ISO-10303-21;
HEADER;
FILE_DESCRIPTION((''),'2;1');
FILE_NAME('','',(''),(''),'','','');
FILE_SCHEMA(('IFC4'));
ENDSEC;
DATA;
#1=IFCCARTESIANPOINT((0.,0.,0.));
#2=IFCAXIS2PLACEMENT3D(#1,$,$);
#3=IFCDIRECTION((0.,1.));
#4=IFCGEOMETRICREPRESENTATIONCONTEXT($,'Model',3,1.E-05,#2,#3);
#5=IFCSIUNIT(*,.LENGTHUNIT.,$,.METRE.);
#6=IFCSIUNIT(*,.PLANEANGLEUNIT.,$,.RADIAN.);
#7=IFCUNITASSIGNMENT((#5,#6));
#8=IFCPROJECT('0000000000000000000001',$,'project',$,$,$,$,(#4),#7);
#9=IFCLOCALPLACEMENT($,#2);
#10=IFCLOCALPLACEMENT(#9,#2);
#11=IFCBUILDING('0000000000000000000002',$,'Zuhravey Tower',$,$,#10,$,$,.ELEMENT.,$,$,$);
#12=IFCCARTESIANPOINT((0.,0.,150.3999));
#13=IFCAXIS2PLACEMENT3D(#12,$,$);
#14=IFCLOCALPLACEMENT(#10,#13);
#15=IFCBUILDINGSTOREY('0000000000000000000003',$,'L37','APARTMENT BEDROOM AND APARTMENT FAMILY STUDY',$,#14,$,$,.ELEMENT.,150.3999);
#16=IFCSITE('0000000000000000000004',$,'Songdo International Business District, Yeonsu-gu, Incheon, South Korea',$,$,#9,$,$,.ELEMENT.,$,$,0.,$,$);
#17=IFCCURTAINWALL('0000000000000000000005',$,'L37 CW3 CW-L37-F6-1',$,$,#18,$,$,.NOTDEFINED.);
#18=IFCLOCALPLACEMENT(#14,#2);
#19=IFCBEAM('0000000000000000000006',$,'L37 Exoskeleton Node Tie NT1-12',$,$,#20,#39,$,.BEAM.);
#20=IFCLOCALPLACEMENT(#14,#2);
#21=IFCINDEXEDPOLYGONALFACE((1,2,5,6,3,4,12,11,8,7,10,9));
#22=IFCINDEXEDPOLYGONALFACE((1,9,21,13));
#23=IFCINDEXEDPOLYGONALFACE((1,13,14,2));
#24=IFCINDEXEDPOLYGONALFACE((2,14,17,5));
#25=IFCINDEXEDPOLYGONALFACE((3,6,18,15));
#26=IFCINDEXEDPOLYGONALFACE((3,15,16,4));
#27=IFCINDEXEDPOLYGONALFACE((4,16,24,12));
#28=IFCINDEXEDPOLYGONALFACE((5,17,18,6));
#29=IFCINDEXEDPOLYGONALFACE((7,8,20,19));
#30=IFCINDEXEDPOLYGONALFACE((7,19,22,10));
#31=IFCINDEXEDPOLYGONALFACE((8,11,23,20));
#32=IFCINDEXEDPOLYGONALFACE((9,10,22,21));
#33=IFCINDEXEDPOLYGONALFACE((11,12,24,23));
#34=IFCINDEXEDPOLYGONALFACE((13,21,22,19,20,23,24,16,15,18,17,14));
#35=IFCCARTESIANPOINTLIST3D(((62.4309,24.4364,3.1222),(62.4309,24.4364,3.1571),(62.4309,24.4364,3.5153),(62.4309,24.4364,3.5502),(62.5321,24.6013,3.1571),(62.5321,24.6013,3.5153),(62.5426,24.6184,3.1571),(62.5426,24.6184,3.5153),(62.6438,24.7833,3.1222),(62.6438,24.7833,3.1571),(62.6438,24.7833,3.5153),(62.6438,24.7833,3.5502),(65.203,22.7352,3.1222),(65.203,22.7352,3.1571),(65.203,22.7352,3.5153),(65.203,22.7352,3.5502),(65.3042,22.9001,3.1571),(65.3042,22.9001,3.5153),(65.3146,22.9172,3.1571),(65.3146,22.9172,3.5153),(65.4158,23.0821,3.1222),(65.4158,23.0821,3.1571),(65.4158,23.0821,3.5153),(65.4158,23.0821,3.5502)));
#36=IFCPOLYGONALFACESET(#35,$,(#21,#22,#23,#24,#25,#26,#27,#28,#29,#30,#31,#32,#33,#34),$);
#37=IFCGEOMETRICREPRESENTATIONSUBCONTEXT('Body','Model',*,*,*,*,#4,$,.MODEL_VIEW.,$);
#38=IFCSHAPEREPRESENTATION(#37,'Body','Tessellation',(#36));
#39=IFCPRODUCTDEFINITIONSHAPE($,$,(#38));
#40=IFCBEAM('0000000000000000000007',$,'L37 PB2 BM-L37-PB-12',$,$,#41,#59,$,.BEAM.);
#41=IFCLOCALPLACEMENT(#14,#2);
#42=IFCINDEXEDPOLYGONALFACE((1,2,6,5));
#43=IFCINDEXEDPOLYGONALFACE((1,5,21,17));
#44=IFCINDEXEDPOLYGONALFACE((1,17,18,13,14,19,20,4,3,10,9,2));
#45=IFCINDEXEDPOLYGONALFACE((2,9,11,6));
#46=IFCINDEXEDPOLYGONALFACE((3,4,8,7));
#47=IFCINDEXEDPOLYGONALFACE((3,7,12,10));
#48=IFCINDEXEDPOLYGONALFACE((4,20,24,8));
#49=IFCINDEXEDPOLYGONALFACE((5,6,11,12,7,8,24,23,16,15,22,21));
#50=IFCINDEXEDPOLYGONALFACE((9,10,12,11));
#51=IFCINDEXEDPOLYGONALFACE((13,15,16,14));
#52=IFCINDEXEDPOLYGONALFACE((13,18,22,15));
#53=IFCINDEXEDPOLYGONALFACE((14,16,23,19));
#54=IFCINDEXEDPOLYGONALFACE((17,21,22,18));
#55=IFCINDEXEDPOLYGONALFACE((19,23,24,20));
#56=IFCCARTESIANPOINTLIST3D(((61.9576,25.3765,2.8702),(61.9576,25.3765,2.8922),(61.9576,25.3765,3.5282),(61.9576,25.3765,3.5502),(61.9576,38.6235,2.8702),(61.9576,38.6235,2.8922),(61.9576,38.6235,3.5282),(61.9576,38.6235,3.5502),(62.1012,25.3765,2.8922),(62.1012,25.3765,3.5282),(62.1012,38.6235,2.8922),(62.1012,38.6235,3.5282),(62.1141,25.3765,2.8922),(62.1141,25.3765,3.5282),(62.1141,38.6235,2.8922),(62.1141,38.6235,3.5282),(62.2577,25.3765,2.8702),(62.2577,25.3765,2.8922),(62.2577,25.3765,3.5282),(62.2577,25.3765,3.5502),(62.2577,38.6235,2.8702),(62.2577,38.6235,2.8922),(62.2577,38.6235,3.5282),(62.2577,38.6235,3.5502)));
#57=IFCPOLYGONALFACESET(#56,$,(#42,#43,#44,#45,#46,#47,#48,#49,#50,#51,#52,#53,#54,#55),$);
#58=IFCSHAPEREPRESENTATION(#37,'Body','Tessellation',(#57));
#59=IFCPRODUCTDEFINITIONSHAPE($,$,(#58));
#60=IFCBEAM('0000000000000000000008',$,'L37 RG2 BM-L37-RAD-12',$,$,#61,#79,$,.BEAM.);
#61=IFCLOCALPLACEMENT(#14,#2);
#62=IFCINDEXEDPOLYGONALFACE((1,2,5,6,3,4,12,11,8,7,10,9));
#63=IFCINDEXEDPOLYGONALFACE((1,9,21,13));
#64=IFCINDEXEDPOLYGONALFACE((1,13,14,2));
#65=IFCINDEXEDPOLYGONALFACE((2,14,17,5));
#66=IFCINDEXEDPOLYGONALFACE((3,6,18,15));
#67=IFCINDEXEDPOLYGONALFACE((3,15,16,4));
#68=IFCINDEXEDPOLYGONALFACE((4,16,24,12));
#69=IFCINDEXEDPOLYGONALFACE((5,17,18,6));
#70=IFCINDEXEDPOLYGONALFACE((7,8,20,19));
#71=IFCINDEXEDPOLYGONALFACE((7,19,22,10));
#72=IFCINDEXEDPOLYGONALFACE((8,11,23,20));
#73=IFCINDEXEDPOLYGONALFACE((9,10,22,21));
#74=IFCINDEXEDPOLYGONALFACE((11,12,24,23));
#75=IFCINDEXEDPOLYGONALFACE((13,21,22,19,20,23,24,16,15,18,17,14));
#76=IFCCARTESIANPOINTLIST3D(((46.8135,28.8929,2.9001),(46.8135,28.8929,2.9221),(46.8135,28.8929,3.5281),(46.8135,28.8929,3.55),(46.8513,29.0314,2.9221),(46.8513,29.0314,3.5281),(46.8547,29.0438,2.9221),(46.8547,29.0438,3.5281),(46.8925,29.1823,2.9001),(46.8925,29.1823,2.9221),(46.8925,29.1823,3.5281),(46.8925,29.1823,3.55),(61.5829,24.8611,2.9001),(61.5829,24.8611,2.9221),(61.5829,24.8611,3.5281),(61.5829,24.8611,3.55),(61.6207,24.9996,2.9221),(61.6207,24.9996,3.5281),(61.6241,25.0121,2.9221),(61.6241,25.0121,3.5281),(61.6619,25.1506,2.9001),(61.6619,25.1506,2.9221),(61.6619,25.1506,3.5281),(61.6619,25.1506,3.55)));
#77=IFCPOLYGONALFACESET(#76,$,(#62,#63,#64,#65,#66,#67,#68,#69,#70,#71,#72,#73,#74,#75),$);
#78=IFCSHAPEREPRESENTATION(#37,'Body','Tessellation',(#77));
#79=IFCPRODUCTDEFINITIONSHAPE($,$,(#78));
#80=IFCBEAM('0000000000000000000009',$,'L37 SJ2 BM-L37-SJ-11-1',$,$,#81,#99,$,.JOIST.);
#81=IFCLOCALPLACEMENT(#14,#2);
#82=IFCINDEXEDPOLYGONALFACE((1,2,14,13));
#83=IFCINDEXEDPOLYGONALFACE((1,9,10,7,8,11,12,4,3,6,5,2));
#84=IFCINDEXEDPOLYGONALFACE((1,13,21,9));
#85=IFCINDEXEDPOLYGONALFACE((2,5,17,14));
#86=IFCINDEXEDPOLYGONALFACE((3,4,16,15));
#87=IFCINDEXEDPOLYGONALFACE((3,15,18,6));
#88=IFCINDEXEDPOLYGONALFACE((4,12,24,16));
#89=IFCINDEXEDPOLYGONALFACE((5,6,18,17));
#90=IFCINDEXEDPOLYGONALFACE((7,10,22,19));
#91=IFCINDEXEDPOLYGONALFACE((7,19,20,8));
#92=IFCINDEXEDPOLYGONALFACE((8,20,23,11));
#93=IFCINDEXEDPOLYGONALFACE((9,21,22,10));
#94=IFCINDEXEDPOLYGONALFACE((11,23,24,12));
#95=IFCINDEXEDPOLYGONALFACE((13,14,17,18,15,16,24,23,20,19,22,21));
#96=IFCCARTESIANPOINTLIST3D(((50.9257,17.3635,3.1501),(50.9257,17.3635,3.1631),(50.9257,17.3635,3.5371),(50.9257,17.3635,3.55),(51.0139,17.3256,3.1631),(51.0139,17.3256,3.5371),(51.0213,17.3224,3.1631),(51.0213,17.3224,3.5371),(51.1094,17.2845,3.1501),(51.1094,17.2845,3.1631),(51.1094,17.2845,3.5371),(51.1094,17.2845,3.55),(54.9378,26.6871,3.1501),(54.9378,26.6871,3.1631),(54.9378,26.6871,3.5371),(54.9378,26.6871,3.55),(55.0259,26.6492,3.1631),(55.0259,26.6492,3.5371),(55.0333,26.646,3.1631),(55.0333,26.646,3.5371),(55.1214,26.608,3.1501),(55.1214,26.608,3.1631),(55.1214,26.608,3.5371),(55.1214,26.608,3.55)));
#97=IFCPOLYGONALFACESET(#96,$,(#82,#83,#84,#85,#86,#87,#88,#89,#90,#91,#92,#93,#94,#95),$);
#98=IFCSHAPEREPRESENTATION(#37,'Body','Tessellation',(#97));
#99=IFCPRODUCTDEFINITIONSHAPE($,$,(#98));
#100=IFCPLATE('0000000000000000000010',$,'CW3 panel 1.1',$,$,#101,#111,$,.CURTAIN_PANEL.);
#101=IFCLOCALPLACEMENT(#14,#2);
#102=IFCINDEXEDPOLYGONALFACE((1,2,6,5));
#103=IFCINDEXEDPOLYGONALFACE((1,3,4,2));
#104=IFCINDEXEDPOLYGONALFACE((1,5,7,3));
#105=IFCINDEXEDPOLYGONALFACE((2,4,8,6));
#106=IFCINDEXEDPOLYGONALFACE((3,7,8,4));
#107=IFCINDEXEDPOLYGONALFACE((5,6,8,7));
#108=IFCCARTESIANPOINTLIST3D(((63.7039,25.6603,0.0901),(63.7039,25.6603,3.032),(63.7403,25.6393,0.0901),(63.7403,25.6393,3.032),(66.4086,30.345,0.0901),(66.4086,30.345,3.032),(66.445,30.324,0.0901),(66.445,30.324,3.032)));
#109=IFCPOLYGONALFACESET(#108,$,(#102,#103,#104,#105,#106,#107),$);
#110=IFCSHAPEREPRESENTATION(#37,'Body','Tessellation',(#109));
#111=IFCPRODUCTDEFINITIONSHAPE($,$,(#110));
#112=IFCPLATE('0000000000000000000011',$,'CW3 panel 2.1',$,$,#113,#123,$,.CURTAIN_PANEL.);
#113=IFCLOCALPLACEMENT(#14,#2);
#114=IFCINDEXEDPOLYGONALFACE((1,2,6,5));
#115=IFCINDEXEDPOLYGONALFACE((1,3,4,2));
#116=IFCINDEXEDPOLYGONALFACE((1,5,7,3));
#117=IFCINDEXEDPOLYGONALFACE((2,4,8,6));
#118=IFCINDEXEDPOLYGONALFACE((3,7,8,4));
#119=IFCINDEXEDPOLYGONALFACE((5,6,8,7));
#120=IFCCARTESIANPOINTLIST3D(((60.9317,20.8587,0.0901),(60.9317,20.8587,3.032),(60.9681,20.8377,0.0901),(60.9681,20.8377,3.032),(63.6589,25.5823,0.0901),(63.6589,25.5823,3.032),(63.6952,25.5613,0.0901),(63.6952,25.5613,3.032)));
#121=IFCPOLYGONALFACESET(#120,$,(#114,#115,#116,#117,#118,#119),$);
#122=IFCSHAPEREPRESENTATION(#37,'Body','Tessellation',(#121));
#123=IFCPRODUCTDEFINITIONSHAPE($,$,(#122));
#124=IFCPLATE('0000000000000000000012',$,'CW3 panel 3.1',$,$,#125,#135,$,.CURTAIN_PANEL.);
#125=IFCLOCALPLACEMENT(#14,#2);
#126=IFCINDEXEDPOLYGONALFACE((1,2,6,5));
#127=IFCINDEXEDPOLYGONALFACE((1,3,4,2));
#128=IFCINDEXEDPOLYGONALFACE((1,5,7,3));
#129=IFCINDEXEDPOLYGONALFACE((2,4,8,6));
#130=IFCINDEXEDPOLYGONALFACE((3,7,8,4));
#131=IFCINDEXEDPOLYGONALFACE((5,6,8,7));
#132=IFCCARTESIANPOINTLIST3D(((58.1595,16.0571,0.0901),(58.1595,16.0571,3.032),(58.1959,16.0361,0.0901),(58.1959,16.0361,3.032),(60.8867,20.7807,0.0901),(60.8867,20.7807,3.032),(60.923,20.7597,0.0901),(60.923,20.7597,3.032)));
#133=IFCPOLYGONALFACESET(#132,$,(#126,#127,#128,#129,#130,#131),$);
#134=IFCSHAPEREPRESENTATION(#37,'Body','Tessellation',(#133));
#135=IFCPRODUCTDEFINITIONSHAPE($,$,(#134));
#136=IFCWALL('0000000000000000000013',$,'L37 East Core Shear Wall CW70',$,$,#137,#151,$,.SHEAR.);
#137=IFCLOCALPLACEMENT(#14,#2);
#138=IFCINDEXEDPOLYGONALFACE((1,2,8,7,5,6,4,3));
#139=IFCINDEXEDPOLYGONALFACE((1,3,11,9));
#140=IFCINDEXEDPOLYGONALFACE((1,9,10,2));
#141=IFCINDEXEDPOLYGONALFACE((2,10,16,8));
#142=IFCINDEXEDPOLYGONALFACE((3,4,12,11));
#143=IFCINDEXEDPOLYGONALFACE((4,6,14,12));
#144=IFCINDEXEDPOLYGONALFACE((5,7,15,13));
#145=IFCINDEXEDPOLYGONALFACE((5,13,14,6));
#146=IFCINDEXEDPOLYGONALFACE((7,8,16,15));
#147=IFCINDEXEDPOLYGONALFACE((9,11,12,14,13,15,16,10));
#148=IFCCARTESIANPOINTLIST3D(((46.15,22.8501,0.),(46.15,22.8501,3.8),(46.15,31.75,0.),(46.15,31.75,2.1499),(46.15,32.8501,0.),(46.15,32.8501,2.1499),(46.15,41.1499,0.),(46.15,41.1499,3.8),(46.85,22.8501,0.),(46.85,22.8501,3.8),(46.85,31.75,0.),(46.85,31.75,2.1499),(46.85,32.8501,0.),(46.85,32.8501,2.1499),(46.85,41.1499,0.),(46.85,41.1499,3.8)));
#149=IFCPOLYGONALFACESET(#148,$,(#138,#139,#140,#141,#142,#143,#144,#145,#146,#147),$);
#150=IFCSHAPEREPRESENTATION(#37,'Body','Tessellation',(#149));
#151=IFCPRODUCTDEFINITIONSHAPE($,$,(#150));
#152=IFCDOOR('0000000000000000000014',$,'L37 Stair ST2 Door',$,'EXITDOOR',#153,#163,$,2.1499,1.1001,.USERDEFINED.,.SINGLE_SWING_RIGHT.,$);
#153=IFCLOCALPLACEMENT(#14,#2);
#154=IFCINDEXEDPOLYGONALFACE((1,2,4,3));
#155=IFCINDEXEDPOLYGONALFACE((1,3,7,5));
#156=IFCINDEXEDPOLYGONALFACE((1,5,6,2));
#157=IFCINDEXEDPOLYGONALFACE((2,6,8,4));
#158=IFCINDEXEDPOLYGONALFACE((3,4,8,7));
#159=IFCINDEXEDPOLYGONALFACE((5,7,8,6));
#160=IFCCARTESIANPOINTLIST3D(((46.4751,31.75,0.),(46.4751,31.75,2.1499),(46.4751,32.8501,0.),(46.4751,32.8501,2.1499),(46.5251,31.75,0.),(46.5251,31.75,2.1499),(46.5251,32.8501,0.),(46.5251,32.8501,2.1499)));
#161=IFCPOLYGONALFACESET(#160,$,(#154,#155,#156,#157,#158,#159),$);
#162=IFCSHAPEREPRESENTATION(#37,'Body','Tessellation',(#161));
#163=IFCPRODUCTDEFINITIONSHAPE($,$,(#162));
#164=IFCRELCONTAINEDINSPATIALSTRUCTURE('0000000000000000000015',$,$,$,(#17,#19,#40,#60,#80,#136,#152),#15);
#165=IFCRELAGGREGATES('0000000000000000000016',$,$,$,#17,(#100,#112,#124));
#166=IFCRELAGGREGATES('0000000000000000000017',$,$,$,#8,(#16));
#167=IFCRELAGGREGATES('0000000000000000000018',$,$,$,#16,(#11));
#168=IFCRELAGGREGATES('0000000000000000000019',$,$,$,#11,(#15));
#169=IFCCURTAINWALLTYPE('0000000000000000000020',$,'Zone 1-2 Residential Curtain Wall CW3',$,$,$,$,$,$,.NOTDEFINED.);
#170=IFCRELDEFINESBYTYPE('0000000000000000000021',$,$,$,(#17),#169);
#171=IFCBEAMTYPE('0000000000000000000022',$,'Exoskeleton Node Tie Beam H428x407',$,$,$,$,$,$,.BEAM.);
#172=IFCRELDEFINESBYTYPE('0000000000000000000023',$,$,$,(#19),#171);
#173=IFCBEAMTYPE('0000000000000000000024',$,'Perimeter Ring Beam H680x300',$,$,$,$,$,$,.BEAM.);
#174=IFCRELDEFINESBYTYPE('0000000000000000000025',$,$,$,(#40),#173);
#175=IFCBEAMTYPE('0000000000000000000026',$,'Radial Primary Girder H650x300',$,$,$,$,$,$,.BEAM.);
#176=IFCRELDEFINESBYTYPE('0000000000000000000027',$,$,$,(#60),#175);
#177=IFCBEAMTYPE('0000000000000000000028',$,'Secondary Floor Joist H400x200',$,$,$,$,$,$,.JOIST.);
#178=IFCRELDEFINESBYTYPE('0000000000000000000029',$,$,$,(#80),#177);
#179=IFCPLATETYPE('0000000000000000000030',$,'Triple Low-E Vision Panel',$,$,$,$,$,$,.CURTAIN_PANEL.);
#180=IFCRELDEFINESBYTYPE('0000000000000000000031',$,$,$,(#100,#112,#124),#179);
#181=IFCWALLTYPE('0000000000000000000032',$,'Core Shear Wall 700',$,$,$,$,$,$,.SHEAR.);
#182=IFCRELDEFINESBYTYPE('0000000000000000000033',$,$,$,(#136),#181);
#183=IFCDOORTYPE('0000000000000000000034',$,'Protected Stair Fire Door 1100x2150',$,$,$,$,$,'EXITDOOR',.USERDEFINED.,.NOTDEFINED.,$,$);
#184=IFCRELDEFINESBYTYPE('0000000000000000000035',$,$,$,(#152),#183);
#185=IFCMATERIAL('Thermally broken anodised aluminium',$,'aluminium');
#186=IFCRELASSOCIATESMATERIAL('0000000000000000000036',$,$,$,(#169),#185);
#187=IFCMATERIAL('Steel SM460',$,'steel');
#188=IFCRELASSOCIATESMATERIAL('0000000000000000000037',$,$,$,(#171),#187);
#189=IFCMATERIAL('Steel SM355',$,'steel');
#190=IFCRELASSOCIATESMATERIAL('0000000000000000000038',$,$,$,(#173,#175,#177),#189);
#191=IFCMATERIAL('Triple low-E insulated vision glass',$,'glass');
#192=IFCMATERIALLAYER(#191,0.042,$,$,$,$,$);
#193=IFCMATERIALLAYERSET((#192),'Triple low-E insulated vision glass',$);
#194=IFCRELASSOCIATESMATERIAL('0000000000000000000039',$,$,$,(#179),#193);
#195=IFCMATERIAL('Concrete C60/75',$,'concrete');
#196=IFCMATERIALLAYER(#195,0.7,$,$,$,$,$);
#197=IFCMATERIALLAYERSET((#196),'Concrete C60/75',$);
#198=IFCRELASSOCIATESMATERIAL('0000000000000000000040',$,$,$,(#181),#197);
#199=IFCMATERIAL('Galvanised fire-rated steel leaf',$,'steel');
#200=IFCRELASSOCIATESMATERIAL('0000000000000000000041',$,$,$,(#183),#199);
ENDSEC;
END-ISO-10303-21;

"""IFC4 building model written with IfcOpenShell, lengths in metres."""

from ifc_helpers import new_model, si_unit, direction, frame, frame_2d, origin, origin_2d, place, context, subcontext, project, spatial, rectangle, i_section, extrude, material, layer, layer_set, material_profile, profile_set, type_object, element, fill, aggregate, save


model = new_model("IFC4")

# Units and contexts
model_context = context("Model", 3, precision=1e-05, world=origin(), true_north=direction((0.0, 1.0)))
body_context = subcontext(model_context, "Body", "Model", "MODEL_VIEW")
ifc_project = project(units=[si_unit("LENGTHUNIT", "METRE"), si_unit("PLANEANGLEUNIT", "RADIAN")], contexts=[model_context])

# Site, building, storey
site_placement = place(None, origin())
site = spatial("IfcSite", under=ifc_project, at=site_placement, Name="Songdo International Business District, Yeonsu-gu, Incheon, South Korea", CompositionType="ELEMENT", RefElevation=0.0)
building_placement = place(site_placement, origin())
building = spatial("IfcBuilding", under=site, at=building_placement, Name="Zuhravey Tower", CompositionType="ELEMENT")
storey_placement = place(building_placement, frame((0.0, 0.0, 150.3999)))
storey = spatial("IfcBuildingStorey", under=building, at=storey_placement, Name="L37", Description="APARTMENT BEDROOM AND APARTMENT FAMILY STUDY", CompositionType="ELEMENT", Elevation=150.3999)

# Shared definitions
ifc_material_1 = material(Name="Concrete C60/75", Category="concrete")

# Curtain wall
ifc_material_2 = material(Name="Thermally broken anodised aluminium", Category="aluminium")
curtain_wall_type = type_object("IfcCurtainWallType", Name="Zone 1-2 Residential Curtain Wall CW3", PredefinedType="NOTDEFINED", material=ifc_material_2)
curtain_wall_placement = place(storey_placement, origin())
curtain_wall = element("IfcCurtainWall", 1, at=curtain_wall_placement, inside=storey, type_object=curtain_wall_type, Name="L37 CW3 CW-L37-F6-1", PredefinedType="NOTDEFINED")

# Beams
ifc_material_3 = material(Name="Steel SM460", Category="steel")
ifc_material_profile_1 = material_profile(ifc_material_3, i_section(OverallWidth=0.407, OverallDepth=0.428, WebThickness=0.02, FlangeThickness=0.0349, at=origin_2d()), Name="H-428x407x20x35")
ifc_profile_set_1 = profile_set([ifc_material_profile_1], Name="Steel SM460")
beam_type_1 = type_object("IfcBeamType", Name="Exoskeleton Node Tie Beam H428x407", PredefinedType="BEAM", material=ifc_profile_set_1)
beam_1_placement = place(storey_placement, frame((62.5374, 24.6099, 3.3362), z_axis=(0.852297, -0.523058, 0.0), x_axis=(0.523058, 0.852297, 0.0)))
element("IfcBeam", 2, at=beam_1_placement, inside=storey, type_object=beam_type_1, Name="L37 Exoskeleton Node Tie NT1-12", PredefinedType="BEAM", context=body_context, shape_type="SweptSolid", body=[
    extrude(i_section(OverallWidth=0.407, OverallDepth=0.428, WebThickness=0.02, FlangeThickness=0.0349, at=origin_2d()), origin(), (0.0, 0.0, 1.0), 3.2524),
])
ifc_material_4 = material(Name="Steel SM355", Category="steel")
ifc_material_profile_2 = material_profile(ifc_material_4, i_section(OverallWidth=0.3, OverallDepth=0.6799, WebThickness=0.0129, FlangeThickness=0.022, at=origin_2d()), Name="H-680x300x13x22")
ifc_profile_set_2 = profile_set([ifc_material_profile_2], Name="Steel SM355")
beam_type_2 = type_object("IfcBeamType", Name="Perimeter Ring Beam H680x300", PredefinedType="BEAM", material=ifc_profile_set_2)
beam_2_placement = place(storey_placement, frame((62.1077, 25.3765, 3.2102), z_axis=(0.0, 1.0, 0.0), x_axis=(-1.0, 0.0, 0.0)))
element("IfcBeam", 3, at=beam_2_placement, inside=storey, type_object=beam_type_2, Name="L37 PB2 BM-L37-PB-12", PredefinedType="BEAM", context=body_context, shape_type="SweptSolid", body=[
    extrude(i_section(OverallWidth=0.3, OverallDepth=0.6799, WebThickness=0.0129, FlangeThickness=0.022, at=origin_2d()), origin(), (0.0, 0.0, 1.0), 13.2471),
])
ifc_material_profile_3 = material_profile(ifc_material_4, i_section(OverallWidth=0.3, OverallDepth=0.6499, WebThickness=0.0129, FlangeThickness=0.022, at=origin_2d()), Name="H-650x300x13x22")
ifc_profile_set_3 = profile_set([ifc_material_profile_3], Name="Steel SM355")
beam_type_3 = type_object("IfcBeamType", Name="Radial Primary Girder H650x300", PredefinedType="BEAM", material=ifc_profile_set_3)
beam_3_placement = place(storey_placement, frame((46.853, 29.0376, 3.2251), z_axis=(0.964702, -0.263345, 0.0), x_axis=(0.263345, 0.964702, 0.0)))
element("IfcBeam", 4, at=beam_3_placement, inside=storey, type_object=beam_type_3, Name="L37 RG2 BM-L37-RAD-12", PredefinedType="BEAM", context=body_context, shape_type="SweptSolid", body=[
    extrude(i_section(OverallWidth=0.3, OverallDepth=0.6499, WebThickness=0.0129, FlangeThickness=0.022, at=origin_2d()), origin(), (0.0, 0.0, 1.0), 15.3098),
])
ifc_material_profile_4 = material_profile(ifc_material_4, i_section(OverallWidth=0.2, OverallDepth=0.3999, WebThickness=0.0081, FlangeThickness=0.0129, at=origin_2d()), Name="H-400x200x8x13")
ifc_profile_set_4 = profile_set([ifc_material_profile_4], Name="Steel SM355")
beam_type_4 = type_object("IfcBeamType", Name="Secondary Floor Joist H400x200", PredefinedType="JOIST", material=ifc_profile_set_4)
beam_4_placement = place(storey_placement, frame((51.0176, 17.324, 3.3501), z_axis=(0.395266, 0.918567, 0.0), x_axis=(-0.918567, 0.395266, 0.0)))
element("IfcBeam", 5, at=beam_4_placement, inside=storey, type_object=beam_type_4, Name="L37 SJ2 BM-L37-SJ-11-1", PredefinedType="JOIST", context=body_context, shape_type="SweptSolid", body=[
    extrude(i_section(OverallWidth=0.2, OverallDepth=0.3999, WebThickness=0.0081, FlangeThickness=0.0129, at=origin_2d()), origin(), (0.0, 0.0, 1.0), 10.1501),
])

# Plates
ifc_material_5 = material(Name="Triple low-E insulated vision glass", Category="glass")
ifc_layer_1 = layer(ifc_material_5, 0.042)
ifc_layer_set_1 = layer_set([ifc_layer_1], Name="Triple low-E insulated vision glass")
plate_type = type_object("IfcPlateType", Name="Triple Low-E Vision Panel", PredefinedType="CURTAIN_PANEL", material=ifc_layer_set_1)
plate_1_placement = place(storey_placement, frame((65.0745, 27.9922, 0.0901), z_axis=(0.0, 0.0, 1.0), x_axis=(-0.5, -0.866025, 0.0)))
plate_1 = element("IfcPlate", 6, at=plate_1_placement, type_object=plate_type, Name="CW3 panel 1.1", PredefinedType="CURTAIN_PANEL", context=body_context, shape_type="SweptSolid", body=[
    extrude(rectangle(XDim=5.4094, YDim=0.042, at=origin_2d()), origin(), (0.0, 0.0, 1.0), 2.9419),
])
plate_2_placement = place(storey_placement, frame((62.3135, 23.21, 0.0901), z_axis=(0.0, 0.0, 1.0), x_axis=(-0.5, -0.866025, 0.0)))
plate_2 = element("IfcPlate", 7, at=plate_2_placement, type_object=plate_type, Name="CW3 panel 2.1", PredefinedType="CURTAIN_PANEL", context=body_context, shape_type="SweptSolid", body=[
    extrude(rectangle(XDim=5.4543, YDim=0.042, at=origin_2d()), origin(), (0.0, 0.0, 1.0), 2.9419),
])
plate_3_placement = place(storey_placement, frame((59.5413, 18.4084, 0.0901), z_axis=(0.0, 0.0, 1.0), x_axis=(-0.5, -0.866025, 0.0)))
plate_3 = element("IfcPlate", 8, at=plate_3_placement, type_object=plate_type, Name="CW3 panel 3.1", PredefinedType="CURTAIN_PANEL", context=body_context, shape_type="SweptSolid", body=[
    extrude(rectangle(XDim=5.4543, YDim=0.042, at=origin_2d()), origin(), (0.0, 0.0, 1.0), 2.9419),
])
aggregate(curtain_wall, [plate_1, plate_2, plate_3])

# Wall, opening, door
ifc_layer_2 = layer(ifc_material_1, 0.7)
ifc_layer_set_2 = layer_set([ifc_layer_2], Name="Concrete C60/75")
wall_type_1 = type_object("IfcWallType", Name="Core Shear Wall 700", PredefinedType="SHEAR", material=ifc_layer_set_2)
wall_1_placement = place(storey_placement, frame((46.5, 22.8501, 0.0), z_axis=(0.0, 0.0, 1.0), x_axis=(0.0, 1.0, 0.0)))
wall_1 = element("IfcWall", 9, at=wall_1_placement, inside=storey, type_object=wall_type_1, Name="L37 East Core Shear Wall CW70", PredefinedType="SHEAR", context=body_context, shape_type="SweptSolid", body=[
    extrude(rectangle(XDim=18.2998, YDim=0.7, at=frame_2d((9.1499, 0.0))), origin(), (0.0, 0.0, 1.0), 3.8),
])
opening_1_placement = place(wall_1_placement, frame((8.8999, 0.0, 0.0)))
opening_1 = element("IfcOpeningElement", 10, at=opening_1_placement, cuts=wall_1, PredefinedType="OPENING", context=body_context, shape_type="SweptSolid", body=[
    extrude(rectangle(XDim=1.1001, YDim=2.1499, at=frame_2d((0.55, 1.075))), frame((0.0, 0.3621, 0.0), z_axis=(0.0, -1.0, 0.0), x_axis=(1.0, 0.0, 0.0)), (0.0, 0.0, 1.0), 0.7239),
])
ifc_material_6 = material(Name="Galvanised fire-rated steel leaf", Category="steel")
door_type_1 = type_object("IfcDoorType", Name="Protected Stair Fire Door 1100x2150", ElementType="EXITDOOR", OperationType="NOTDEFINED", PredefinedType="USERDEFINED", material=ifc_material_6)
door_1_placement = place(opening_1_placement, origin())
door_1 = element("IfcDoor", 11, at=door_1_placement, inside=storey, type_object=door_type_1, Name="L37 Stair ST2 Door", ObjectType="EXITDOOR", OperationType="SINGLE_SWING_RIGHT", OverallHeight=2.1499, OverallWidth=1.1001, PredefinedType="USERDEFINED", context=body_context, shape_type="SweptSolid", body=[
    extrude(rectangle(XDim=1.1001, YDim=2.1499, at=frame_2d((0.55, 1.075))), frame((0.0, 0.0249, 0.0), z_axis=(0.0, -1.0, 0.0), x_axis=(1.0, 0.0, 0.0)), (0.0, 0.0, 1.0), 0.05),
])
fill(opening_1, door_1)

save(model, "model.ifc")
